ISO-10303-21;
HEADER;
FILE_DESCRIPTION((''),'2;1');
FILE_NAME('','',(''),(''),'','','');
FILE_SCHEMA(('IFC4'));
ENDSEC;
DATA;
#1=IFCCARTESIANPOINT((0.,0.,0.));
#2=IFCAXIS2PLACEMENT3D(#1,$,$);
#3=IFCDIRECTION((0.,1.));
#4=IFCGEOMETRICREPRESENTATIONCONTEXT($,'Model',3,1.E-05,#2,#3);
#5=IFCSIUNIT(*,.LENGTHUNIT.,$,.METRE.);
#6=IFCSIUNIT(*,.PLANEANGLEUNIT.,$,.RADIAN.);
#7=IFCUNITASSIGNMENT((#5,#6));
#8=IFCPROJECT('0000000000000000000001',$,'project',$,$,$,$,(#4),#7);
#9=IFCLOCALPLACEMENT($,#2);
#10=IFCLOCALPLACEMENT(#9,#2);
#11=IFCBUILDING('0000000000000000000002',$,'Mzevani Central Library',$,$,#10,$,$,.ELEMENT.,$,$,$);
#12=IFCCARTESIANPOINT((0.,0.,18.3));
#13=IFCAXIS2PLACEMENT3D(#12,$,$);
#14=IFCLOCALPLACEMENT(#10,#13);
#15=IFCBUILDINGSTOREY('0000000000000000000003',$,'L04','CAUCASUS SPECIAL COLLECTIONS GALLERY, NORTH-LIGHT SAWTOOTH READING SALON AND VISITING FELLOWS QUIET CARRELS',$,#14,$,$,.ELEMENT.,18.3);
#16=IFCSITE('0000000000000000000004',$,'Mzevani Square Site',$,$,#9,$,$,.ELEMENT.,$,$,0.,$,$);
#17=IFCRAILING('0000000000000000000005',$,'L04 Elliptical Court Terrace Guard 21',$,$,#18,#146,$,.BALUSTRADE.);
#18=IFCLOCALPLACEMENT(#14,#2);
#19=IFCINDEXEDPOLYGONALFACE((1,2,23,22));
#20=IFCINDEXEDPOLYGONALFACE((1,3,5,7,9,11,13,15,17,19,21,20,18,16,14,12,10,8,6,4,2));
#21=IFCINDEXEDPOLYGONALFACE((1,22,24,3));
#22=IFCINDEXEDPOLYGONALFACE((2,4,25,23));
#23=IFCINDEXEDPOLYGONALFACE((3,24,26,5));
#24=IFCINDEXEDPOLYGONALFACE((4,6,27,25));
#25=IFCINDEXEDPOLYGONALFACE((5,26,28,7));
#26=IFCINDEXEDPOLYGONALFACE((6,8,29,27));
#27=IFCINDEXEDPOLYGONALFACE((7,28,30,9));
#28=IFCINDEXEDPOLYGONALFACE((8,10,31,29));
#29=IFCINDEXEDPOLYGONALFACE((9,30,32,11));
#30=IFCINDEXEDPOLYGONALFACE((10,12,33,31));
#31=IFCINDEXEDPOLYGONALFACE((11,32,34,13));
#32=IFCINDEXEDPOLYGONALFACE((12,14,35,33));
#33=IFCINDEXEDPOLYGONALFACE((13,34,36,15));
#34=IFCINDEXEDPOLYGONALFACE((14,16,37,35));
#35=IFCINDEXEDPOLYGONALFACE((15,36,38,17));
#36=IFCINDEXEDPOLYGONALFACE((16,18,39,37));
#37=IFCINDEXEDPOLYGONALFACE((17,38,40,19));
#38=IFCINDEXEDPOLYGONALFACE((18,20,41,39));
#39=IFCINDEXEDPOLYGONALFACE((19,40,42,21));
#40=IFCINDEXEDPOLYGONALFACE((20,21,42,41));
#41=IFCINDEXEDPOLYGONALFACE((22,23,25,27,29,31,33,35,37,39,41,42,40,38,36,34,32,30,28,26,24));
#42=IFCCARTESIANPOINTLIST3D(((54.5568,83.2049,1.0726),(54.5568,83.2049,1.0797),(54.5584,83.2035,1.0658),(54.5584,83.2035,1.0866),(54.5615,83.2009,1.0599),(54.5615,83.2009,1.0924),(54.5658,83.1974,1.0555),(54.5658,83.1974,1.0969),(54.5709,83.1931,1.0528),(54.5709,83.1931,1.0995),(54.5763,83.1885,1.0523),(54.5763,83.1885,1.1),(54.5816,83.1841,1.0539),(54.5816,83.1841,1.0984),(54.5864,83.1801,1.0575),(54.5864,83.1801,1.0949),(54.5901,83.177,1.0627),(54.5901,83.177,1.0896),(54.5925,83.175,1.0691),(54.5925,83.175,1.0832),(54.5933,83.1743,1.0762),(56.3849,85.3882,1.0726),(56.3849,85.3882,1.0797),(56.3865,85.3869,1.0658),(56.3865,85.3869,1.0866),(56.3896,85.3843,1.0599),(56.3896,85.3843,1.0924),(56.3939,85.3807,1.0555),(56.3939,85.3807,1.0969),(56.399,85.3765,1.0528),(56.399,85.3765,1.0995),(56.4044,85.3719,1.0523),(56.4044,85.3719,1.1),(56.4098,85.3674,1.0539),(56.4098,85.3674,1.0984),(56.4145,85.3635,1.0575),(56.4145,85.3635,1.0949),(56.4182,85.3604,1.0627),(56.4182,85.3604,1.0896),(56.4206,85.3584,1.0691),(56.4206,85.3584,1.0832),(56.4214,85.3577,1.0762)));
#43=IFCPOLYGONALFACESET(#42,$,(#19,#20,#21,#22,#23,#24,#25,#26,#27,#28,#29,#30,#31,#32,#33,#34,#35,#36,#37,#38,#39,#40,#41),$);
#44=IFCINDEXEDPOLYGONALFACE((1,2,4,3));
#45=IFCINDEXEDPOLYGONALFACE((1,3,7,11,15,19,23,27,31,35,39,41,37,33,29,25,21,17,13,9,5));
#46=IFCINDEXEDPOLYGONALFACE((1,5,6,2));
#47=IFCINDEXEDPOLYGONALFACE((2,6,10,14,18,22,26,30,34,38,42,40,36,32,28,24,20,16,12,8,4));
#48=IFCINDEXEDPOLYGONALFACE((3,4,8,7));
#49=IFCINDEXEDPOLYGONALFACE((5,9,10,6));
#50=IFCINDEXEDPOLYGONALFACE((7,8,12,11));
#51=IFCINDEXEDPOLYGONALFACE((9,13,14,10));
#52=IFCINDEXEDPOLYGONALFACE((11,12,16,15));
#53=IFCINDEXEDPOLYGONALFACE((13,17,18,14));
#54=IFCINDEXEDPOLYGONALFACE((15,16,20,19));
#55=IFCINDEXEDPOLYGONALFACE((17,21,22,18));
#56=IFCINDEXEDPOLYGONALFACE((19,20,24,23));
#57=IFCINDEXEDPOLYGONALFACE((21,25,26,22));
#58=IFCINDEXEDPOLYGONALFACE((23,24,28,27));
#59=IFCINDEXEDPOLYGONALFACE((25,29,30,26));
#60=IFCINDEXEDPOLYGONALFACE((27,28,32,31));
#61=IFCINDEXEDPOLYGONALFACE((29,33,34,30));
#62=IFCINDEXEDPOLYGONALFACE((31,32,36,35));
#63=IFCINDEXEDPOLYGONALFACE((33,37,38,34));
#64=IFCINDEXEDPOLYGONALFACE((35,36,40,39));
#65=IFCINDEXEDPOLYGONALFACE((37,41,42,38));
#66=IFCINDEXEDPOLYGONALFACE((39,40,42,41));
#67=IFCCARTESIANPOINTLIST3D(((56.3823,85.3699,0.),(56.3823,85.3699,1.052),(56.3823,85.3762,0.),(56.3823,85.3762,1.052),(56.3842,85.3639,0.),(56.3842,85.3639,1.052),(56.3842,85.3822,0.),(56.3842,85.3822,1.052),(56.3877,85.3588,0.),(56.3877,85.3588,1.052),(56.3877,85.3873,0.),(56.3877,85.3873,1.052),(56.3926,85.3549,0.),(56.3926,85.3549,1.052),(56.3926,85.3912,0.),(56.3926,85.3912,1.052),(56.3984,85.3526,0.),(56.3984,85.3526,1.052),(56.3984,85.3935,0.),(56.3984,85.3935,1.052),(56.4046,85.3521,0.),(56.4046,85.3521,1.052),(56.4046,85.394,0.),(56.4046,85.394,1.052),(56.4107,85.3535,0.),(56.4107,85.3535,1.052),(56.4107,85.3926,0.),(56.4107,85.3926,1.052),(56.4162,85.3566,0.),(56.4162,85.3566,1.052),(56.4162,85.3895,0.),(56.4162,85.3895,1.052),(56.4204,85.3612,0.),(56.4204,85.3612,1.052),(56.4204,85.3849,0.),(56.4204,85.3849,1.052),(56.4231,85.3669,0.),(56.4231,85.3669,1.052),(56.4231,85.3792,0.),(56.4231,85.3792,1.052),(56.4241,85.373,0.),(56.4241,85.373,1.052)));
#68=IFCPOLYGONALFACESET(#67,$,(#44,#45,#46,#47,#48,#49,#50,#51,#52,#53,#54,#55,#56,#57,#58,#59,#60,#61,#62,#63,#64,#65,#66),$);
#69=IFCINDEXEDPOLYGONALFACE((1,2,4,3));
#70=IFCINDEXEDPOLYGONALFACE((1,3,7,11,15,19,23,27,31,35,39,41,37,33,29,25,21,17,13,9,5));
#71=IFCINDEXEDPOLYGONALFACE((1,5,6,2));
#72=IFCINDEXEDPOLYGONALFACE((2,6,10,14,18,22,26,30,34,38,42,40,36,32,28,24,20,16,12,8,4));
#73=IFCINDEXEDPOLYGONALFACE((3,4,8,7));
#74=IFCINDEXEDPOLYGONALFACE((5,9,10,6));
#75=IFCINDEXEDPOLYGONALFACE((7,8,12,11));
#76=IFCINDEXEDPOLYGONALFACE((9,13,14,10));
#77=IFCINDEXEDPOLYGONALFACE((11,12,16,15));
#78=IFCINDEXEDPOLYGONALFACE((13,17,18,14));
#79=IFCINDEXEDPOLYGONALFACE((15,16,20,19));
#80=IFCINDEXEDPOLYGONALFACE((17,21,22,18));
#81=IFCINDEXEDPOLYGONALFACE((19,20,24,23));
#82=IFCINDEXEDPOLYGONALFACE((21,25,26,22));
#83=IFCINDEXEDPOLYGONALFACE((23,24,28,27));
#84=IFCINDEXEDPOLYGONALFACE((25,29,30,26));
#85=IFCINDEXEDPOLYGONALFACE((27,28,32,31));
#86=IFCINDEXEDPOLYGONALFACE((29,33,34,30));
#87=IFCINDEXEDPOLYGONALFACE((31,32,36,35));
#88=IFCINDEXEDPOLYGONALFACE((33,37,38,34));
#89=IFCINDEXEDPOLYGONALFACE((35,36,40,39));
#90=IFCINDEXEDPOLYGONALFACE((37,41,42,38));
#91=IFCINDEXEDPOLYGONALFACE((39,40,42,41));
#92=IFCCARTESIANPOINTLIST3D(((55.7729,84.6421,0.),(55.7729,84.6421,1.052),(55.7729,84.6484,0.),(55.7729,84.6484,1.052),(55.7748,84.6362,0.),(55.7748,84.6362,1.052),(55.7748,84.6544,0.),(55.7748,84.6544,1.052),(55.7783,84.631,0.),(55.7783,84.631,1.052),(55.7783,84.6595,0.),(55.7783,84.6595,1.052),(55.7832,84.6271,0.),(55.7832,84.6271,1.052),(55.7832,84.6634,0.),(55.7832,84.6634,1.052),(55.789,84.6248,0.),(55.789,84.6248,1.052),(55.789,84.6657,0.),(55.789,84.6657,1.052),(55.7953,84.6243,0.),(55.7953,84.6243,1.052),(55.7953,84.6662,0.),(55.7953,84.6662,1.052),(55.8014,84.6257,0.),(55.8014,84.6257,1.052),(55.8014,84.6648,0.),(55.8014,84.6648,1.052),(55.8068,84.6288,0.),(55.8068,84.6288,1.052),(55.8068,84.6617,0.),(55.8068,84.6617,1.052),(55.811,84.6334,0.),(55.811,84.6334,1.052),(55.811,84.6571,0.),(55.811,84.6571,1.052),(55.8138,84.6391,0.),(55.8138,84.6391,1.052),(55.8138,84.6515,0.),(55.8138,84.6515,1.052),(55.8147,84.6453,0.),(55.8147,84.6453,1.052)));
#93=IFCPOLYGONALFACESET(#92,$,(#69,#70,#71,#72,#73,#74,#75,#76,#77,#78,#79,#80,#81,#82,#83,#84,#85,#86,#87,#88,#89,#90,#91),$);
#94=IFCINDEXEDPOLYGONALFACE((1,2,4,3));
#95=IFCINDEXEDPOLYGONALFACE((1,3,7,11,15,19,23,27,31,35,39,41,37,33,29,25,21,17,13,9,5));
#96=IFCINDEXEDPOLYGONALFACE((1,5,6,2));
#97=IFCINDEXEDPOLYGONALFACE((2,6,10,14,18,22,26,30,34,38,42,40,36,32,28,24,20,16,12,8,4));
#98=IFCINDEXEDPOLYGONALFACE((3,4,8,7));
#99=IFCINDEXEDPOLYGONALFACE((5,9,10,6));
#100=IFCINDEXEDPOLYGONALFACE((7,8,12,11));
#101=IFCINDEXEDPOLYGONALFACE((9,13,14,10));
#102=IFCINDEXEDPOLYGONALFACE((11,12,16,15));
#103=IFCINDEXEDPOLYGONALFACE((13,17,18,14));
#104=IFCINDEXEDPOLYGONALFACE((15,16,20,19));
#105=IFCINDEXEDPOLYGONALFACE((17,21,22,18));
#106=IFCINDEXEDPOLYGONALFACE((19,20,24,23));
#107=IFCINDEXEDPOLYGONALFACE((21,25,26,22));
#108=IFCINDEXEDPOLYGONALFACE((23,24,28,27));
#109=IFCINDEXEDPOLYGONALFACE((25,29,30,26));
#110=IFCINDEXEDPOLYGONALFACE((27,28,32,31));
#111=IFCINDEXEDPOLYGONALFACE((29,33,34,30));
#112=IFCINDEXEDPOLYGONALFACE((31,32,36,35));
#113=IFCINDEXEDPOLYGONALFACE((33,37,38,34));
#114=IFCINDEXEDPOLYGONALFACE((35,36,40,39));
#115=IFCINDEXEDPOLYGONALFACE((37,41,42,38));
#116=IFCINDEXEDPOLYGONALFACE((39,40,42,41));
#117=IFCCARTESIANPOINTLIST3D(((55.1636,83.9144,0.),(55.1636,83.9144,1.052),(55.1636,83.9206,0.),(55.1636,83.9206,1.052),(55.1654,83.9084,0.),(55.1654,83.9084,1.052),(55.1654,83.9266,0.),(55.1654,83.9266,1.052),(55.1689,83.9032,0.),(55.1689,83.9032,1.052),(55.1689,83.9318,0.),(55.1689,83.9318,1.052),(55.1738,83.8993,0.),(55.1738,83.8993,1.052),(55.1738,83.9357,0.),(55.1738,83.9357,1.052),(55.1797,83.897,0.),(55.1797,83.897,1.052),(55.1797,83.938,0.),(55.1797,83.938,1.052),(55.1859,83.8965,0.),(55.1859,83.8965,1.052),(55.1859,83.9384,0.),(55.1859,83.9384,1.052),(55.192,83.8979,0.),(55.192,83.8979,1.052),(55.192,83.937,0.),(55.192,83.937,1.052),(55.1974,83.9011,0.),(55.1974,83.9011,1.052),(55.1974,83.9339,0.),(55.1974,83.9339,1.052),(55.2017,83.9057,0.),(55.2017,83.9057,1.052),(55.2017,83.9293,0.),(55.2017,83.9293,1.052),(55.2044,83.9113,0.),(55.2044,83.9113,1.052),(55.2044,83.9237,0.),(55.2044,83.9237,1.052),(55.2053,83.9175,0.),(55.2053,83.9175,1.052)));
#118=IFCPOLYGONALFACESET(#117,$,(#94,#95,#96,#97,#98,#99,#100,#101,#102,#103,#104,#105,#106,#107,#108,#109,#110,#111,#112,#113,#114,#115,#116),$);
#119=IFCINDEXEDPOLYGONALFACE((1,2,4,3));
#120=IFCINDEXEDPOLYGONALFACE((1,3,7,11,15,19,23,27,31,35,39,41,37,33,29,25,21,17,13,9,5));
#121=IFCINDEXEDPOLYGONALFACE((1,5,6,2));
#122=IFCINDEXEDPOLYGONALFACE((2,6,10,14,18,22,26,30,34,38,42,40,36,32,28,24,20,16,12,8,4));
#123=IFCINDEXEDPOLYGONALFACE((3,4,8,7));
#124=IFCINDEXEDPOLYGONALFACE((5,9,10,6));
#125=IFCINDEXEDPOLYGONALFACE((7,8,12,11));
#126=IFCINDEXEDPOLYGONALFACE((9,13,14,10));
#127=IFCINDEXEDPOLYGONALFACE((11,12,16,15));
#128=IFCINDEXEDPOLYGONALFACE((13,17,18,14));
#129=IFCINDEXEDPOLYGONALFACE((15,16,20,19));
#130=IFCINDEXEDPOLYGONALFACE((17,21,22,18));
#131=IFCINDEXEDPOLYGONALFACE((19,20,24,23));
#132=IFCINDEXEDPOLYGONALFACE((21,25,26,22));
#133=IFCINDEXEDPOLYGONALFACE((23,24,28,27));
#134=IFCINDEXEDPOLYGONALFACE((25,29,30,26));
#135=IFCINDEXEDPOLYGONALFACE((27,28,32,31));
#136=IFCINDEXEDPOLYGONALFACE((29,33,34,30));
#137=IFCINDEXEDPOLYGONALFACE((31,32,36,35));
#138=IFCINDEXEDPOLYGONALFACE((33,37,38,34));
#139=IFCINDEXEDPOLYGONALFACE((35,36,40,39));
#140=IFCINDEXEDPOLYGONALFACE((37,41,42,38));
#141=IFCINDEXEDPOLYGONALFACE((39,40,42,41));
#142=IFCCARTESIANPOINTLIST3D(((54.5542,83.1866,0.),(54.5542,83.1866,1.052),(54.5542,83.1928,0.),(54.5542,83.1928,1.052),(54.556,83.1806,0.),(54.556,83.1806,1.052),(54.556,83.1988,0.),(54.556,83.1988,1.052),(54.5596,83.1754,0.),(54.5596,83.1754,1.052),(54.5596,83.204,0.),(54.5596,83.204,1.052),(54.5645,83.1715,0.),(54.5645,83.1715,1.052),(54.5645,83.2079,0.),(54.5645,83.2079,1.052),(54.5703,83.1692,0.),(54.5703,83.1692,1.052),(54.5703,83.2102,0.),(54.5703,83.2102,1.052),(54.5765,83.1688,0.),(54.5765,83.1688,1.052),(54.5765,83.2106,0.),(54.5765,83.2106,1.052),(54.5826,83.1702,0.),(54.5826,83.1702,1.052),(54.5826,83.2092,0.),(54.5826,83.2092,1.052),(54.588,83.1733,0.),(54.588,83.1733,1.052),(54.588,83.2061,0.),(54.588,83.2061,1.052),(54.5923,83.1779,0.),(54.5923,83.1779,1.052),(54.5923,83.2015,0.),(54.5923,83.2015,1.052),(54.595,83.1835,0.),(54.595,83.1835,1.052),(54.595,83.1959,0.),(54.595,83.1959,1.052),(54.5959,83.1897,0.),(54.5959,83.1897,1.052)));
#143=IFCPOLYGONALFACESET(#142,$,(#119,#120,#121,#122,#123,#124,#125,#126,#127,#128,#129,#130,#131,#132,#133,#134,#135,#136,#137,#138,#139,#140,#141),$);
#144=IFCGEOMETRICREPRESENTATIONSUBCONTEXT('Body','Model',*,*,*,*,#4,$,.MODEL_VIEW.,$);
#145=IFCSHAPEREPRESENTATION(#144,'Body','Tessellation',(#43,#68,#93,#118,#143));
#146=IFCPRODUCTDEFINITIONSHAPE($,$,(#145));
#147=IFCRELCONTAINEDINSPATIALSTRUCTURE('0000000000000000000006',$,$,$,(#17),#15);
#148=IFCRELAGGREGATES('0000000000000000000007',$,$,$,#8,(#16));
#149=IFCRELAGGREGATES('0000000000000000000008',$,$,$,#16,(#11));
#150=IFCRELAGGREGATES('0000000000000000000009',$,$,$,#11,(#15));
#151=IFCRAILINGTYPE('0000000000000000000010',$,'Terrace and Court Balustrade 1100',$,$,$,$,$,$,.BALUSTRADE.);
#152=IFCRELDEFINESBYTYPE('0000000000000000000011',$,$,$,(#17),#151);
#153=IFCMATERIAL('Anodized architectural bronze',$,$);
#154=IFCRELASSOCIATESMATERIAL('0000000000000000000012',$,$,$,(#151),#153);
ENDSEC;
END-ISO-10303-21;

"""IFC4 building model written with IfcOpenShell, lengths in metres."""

from ifc_helpers import new_model, si_unit, direction, frame, origin, origin_2d, place, context, subcontext, project, spatial, circle, extrude, material, type_object, element, save


model = new_model("IFC4")

# Units and contexts
model_context = context("Model", 3, precision=1e-05, world=origin(), true_north=direction((0.0, 1.0)))
body_context = subcontext(model_context, "Body", "Model", "MODEL_VIEW")
ifc_project = project(units=[si_unit("LENGTHUNIT", "METRE"), si_unit("PLANEANGLEUNIT", "RADIAN")], contexts=[model_context])

# Site, building, storey
site_placement = place(None, origin())
site = spatial("IfcSite", under=ifc_project, at=site_placement, Name="Mzevani Square Site", CompositionType="ELEMENT", RefElevation=0.0)
building_placement = place(site_placement, origin())
building = spatial("IfcBuilding", under=site, at=building_placement, Name="Mzevani Central Library", CompositionType="ELEMENT")
storey_placement = place(building_placement, frame((0.0, 0.0, 18.3)))
storey = spatial("IfcBuildingStorey", under=building, at=storey_placement, Name="L04", Description="CAUCASUS SPECIAL COLLECTIONS GALLERY, NORTH-LIGHT SAWTOOTH READING SALON AND VISITING FELLOWS QUIET CARRELS", CompositionType="ELEMENT", Elevation=18.3)

# Railing
ifc_material_1 = material(Name="Anodized architectural bronze")
railing_type = type_object("IfcRailingType", Name="Terrace and Court Balustrade 1100", PredefinedType="BALUSTRADE", material=ifc_material_1)
railing_placement = place(storey_placement, frame((56.4031, 85.373, 0.0)))
element("IfcRailing", 1, at=railing_placement, inside=storey, type_object=railing_type, Name="L04 Elliptical Court Terrace Guard 21", PredefinedType="BALUSTRADE", context=body_context, shape_type="SweptSolid", body=[
    extrude(circle(Radius=0.0239, at=origin_2d()), frame((0.0, 0.0, 1.0762), z_axis=(-0.641979, -0.766722, 0.0), x_axis=(0.766722, -0.641979, 0.0)), (0.0, 0.0, 1.0), 2.8477),
    extrude(circle(Radius=0.021, at=origin_2d()), origin(), (0.0, 0.0, 1.0), 1.052),
    extrude(circle(Radius=0.021, at=origin_2d()), frame((-0.6094, -0.7278, 0.0)), (0.0, 0.0, 1.0), 1.052),
    extrude(circle(Radius=0.021, at=origin_2d()), frame((-1.2188, -1.4556, 0.0)), (0.0, 0.0, 1.0), 1.052),
    extrude(circle(Radius=0.021, at=origin_2d()), frame((-1.8281, -2.1833, 0.0)), (0.0, 0.0, 1.0), 1.052),
])

save(model, "model.ifc")
